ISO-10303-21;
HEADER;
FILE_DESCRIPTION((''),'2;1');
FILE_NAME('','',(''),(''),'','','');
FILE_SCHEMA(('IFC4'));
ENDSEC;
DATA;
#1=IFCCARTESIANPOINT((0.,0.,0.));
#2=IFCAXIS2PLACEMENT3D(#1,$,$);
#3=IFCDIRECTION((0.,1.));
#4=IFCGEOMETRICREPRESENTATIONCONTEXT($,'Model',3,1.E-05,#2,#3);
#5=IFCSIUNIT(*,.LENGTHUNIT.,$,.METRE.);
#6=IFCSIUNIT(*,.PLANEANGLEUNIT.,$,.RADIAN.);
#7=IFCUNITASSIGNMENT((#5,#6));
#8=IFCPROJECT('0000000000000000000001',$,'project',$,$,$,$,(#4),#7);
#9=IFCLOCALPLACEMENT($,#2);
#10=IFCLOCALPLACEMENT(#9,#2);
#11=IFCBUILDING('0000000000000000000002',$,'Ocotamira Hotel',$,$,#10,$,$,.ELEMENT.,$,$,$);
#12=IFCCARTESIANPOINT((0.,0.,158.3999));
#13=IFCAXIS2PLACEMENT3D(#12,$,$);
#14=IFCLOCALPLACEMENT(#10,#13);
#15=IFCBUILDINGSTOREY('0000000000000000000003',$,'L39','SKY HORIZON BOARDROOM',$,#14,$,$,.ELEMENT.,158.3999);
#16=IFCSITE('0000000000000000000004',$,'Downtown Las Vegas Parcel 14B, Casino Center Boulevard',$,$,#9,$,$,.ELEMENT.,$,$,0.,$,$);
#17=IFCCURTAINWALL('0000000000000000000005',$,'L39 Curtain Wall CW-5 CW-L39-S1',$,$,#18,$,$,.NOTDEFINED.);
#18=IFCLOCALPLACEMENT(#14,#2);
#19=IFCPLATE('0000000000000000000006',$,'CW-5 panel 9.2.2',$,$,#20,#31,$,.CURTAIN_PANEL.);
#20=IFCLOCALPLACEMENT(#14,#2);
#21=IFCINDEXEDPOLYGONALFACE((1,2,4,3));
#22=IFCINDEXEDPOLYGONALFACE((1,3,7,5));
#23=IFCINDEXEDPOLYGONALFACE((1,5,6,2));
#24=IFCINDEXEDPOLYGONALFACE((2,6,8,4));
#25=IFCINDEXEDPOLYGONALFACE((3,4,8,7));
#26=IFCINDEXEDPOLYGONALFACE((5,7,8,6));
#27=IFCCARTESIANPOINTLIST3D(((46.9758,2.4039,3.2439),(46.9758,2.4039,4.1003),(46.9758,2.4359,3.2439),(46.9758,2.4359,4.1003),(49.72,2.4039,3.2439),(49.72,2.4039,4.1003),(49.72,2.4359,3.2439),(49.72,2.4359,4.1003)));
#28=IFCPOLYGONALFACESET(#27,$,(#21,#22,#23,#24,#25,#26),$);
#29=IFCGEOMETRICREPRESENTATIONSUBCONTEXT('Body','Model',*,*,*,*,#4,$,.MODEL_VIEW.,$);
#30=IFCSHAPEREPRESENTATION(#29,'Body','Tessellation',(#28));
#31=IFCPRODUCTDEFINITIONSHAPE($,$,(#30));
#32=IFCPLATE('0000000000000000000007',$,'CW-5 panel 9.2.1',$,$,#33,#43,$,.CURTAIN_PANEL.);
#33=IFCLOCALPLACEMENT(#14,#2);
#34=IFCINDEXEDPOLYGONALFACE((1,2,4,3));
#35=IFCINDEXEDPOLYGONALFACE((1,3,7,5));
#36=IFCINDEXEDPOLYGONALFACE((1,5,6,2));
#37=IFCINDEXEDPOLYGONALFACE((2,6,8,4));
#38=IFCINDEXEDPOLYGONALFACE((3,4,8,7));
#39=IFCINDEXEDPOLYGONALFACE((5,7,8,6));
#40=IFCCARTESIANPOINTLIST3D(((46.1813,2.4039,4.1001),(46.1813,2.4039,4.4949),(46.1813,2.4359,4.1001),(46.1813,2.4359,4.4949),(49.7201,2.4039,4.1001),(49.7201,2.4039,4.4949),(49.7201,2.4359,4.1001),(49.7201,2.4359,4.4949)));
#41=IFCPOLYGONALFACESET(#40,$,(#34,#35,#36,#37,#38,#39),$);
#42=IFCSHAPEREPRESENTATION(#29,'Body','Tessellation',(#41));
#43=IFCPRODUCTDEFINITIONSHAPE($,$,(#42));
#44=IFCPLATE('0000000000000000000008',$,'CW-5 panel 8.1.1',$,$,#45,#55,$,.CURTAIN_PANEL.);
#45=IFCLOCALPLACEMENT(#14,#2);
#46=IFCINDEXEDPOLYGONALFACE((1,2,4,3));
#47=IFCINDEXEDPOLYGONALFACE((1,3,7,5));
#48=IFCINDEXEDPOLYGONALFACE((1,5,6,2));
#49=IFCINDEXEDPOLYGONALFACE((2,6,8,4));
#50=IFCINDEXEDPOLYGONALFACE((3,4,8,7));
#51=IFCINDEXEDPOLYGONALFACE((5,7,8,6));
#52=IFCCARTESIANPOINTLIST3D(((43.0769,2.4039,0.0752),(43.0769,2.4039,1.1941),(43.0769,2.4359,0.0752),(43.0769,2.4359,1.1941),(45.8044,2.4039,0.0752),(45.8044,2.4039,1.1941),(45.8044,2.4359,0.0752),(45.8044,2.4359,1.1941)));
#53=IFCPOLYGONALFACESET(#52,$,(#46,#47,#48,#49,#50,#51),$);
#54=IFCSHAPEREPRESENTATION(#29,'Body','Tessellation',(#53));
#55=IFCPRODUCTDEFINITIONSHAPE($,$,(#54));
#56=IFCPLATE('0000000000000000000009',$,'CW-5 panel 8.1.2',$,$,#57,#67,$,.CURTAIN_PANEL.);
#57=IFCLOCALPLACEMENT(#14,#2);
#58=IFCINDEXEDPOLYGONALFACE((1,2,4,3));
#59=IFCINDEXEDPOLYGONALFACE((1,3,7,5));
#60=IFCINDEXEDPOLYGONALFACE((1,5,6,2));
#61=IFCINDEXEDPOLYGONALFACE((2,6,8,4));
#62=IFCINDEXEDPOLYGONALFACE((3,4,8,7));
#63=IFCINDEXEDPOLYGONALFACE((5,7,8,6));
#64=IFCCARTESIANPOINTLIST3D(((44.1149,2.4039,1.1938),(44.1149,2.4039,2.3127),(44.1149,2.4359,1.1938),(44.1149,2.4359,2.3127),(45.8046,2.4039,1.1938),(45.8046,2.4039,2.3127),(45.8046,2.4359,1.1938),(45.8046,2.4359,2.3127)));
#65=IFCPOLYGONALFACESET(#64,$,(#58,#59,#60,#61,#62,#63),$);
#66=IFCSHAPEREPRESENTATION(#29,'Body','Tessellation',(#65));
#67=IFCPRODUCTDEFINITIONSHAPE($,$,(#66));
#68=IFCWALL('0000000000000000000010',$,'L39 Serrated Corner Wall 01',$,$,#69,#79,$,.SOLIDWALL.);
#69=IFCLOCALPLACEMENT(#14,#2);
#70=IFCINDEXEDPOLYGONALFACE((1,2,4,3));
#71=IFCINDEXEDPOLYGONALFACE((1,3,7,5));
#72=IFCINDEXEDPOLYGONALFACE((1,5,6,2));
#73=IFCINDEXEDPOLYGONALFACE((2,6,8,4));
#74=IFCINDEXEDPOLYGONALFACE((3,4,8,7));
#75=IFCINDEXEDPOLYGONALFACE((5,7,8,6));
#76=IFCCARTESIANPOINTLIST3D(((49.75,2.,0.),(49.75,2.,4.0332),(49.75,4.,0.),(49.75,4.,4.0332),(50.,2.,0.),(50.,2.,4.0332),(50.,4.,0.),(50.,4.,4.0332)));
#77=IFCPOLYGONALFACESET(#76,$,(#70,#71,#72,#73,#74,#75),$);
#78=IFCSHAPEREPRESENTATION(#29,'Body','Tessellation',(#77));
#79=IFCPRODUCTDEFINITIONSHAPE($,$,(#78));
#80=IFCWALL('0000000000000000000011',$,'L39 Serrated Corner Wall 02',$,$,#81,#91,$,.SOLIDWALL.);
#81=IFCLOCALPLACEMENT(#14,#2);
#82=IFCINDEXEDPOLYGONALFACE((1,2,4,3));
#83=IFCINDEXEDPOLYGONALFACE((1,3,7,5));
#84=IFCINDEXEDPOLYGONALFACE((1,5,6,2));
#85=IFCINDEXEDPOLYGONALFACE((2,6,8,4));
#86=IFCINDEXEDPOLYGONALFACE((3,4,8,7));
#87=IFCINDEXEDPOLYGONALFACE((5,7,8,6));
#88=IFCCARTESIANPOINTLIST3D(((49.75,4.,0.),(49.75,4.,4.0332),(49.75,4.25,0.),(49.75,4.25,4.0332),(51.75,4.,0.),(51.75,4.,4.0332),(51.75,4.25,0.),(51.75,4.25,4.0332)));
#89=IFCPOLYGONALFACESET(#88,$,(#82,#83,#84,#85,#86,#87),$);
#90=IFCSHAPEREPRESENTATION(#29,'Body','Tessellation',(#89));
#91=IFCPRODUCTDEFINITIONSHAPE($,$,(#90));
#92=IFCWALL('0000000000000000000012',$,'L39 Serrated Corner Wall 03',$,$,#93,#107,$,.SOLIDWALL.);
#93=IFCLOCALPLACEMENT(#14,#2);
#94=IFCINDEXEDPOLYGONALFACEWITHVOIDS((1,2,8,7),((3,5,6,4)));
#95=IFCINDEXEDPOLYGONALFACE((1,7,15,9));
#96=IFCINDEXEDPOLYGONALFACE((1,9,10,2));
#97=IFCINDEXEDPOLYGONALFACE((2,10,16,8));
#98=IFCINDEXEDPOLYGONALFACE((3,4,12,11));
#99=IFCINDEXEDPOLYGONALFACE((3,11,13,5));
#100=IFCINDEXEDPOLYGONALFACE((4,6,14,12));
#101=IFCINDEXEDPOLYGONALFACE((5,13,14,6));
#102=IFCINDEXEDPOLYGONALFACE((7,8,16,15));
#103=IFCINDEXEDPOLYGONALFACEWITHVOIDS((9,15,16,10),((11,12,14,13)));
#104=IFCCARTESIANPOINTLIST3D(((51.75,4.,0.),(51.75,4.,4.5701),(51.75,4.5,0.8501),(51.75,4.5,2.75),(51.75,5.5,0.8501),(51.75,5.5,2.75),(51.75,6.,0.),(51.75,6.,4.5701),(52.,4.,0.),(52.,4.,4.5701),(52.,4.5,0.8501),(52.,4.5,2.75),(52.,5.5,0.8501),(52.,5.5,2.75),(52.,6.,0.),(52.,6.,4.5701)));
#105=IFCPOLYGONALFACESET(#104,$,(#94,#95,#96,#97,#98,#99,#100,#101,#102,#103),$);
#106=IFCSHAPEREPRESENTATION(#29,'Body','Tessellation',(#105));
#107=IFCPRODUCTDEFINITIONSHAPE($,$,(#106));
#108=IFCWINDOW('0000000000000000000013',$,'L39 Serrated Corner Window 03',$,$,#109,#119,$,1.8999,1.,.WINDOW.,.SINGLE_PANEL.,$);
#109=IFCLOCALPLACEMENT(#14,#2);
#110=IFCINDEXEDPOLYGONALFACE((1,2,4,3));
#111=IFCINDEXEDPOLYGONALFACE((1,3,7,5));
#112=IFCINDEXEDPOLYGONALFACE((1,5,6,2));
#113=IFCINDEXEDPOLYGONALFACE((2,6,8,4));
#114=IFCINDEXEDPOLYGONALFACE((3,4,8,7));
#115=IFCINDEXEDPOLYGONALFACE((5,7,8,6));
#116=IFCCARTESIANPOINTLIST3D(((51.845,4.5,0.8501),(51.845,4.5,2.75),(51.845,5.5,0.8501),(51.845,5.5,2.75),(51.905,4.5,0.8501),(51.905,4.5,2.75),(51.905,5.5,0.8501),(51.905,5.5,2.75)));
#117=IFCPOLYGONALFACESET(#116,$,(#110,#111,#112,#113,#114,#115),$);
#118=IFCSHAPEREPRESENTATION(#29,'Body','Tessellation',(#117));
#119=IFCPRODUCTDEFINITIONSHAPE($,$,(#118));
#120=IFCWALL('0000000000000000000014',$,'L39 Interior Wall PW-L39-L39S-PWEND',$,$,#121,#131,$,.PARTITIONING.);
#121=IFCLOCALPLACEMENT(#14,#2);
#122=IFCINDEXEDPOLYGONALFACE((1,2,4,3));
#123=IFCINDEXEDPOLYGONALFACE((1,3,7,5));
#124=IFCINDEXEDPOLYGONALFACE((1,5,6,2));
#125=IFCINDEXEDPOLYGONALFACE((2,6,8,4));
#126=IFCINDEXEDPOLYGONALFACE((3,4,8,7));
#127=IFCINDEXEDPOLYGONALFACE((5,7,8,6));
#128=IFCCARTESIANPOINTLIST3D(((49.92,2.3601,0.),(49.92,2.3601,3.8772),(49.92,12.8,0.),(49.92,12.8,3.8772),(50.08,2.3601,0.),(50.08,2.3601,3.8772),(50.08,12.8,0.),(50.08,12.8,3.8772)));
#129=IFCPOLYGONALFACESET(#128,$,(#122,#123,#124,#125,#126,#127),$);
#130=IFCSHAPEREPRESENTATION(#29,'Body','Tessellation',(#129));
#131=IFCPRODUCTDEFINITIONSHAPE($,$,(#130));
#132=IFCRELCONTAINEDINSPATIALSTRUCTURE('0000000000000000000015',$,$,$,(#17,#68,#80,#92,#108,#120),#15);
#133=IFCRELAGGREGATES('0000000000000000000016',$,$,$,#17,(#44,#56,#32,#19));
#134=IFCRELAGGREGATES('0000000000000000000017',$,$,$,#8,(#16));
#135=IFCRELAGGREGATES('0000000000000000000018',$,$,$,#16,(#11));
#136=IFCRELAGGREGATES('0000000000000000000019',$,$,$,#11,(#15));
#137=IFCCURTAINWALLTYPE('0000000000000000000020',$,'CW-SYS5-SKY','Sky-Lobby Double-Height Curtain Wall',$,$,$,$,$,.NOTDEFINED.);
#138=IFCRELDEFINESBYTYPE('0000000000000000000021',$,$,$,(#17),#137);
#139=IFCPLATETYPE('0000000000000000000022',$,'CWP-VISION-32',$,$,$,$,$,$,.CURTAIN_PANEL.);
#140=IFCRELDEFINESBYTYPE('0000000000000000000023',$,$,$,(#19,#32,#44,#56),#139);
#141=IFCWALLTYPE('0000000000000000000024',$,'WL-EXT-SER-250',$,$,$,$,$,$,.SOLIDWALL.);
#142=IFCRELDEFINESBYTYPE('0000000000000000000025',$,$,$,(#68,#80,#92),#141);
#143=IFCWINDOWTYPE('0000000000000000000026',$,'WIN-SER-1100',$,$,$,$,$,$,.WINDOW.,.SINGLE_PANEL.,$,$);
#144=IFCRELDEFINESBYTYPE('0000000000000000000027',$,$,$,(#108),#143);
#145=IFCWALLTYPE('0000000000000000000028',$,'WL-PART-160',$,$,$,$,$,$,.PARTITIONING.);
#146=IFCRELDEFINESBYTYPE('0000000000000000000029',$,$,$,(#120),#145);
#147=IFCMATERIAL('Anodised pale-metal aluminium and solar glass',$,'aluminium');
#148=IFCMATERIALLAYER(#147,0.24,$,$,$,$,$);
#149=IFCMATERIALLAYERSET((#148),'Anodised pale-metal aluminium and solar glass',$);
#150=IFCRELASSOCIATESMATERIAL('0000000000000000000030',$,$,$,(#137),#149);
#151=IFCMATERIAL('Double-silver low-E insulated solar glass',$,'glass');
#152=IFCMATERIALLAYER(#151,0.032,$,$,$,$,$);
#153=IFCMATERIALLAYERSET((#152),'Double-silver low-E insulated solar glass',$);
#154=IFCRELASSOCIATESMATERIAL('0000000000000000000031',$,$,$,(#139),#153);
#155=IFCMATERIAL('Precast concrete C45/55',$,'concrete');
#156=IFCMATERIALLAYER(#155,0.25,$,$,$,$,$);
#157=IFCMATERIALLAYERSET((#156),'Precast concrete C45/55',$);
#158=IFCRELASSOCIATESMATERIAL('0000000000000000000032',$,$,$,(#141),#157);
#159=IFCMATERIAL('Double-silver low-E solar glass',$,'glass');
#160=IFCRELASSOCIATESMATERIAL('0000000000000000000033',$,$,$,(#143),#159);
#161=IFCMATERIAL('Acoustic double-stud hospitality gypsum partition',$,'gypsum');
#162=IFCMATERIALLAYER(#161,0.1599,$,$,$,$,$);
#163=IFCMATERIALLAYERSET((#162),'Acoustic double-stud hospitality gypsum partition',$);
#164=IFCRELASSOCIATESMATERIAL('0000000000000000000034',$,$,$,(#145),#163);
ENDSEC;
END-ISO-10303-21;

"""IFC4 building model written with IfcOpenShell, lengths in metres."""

from ifc_helpers import new_model, si_unit, direction, frame, frame_2d, origin, origin_2d, place, context, subcontext, project, spatial, rectangle, extrude, source, transform, mapped, material, layer, layer_set, type_object, element, fill, aggregate, save


model = new_model("IFC4")

# Units and contexts
model_context = context("Model", 3, precision=1e-05, world=origin(), true_north=direction((0.0, 1.0)))
body_context = subcontext(model_context, "Body", "Model", "MODEL_VIEW")
ifc_project = project(units=[si_unit("LENGTHUNIT", "METRE"), si_unit("PLANEANGLEUNIT", "RADIAN")], contexts=[model_context])

# Site, building, storey
site_placement = place(None, origin())
site = spatial("IfcSite", under=ifc_project, at=site_placement, Name="Downtown Las Vegas Parcel 14B, Casino Center Boulevard", CompositionType="ELEMENT", RefElevation=0.0)
building_placement = place(site_placement, origin())
building = spatial("IfcBuilding", under=site, at=building_placement, Name="Ocotamira Hotel", CompositionType="ELEMENT")
storey_placement = place(building_placement, frame((0.0, 0.0, 158.3999)))
storey = spatial("IfcBuildingStorey", under=building, at=storey_placement, Name="L39", Description="SKY HORIZON BOARDROOM", CompositionType="ELEMENT", Elevation=158.3999)

# Curtain wall
ifc_material_1 = material(Name="Anodised pale-metal aluminium and solar glass", Category="aluminium")
ifc_layer_1 = layer(ifc_material_1, 0.24)
ifc_layer_set_1 = layer_set([ifc_layer_1], Name="Anodised pale-metal aluminium and solar glass")
curtain_wall_type = type_object("IfcCurtainWallType", Name="CW-SYS5-SKY", Description="Sky-Lobby Double-Height Curtain Wall", PredefinedType="NOTDEFINED", material=ifc_layer_set_1)
curtain_wall_placement = place(storey_placement, origin())
curtain_wall = element("IfcCurtainWall", 1, at=curtain_wall_placement, inside=storey, type_object=curtain_wall_type, Name="L39 Curtain Wall CW-5 CW-L39-S1", PredefinedType="NOTDEFINED")

# Plates
ifc_material_2 = material(Name="Double-silver low-E insulated solar glass", Category="glass")
ifc_layer_2 = layer(ifc_material_2, 0.032)
ifc_layer_set_2 = layer_set([ifc_layer_2], Name="Double-silver low-E insulated solar glass")
plate_type_1 = type_object("IfcPlateType", Name="CWP-VISION-32", PredefinedType="CURTAIN_PANEL", material=ifc_layer_set_2)
shared_shape_1 = source(origin(), body_context, "Body", "SweptSolid", [
    extrude(rectangle(XDim=2.7441, YDim=0.032, at=origin_2d()), origin(), (0.0, 0.0, 1.0), 0.8564),
])
plate_1_placement = place(storey_placement, frame((48.3479, 2.4199, 3.2439), z_axis=(0.0, 0.0, 1.0), x_axis=(1.0, 0.0, 0.0)))
plate_1 = element("IfcPlate", 2, at=plate_1_placement, type_object=plate_type_1, Name="CW-5 panel 9.2.2", PredefinedType="CURTAIN_PANEL", context=body_context, shape_type="MappedRepresentation", body=[
    mapped(shared_shape_1, transform((0.0, 0.0, 0.0), scale=1.0)),
])
shared_shape_2 = source(origin(), body_context, "Body", "SweptSolid", [
    extrude(rectangle(XDim=3.5388, YDim=0.032, at=origin_2d()), origin(), (0.0, 0.0, 1.0), 0.3948),
])
plate_2_placement = place(storey_placement, frame((47.9507, 2.4199, 4.1001), z_axis=(0.0, 0.0, 1.0), x_axis=(1.0, 0.0, 0.0)))
plate_2 = element("IfcPlate", 3, at=plate_2_placement, type_object=plate_type_1, Name="CW-5 panel 9.2.1", PredefinedType="CURTAIN_PANEL", context=body_context, shape_type="MappedRepresentation", body=[
    mapped(shared_shape_2, transform((0.0, 0.0, 0.0), scale=1.0)),
])
shared_shape_3 = source(origin(), body_context, "Body", "SweptSolid", [
    extrude(rectangle(XDim=2.7275, YDim=0.032, at=origin_2d()), origin(), (0.0, 0.0, 1.0), 1.1189),
])
plate_3_placement = place(storey_placement, frame((44.4407, 2.4199, 0.0752), z_axis=(0.0, 0.0, 1.0), x_axis=(1.0, 0.0, 0.0)))
plate_3 = element("IfcPlate", 4, at=plate_3_placement, type_object=plate_type_1, Name="CW-5 panel 8.1.1", PredefinedType="CURTAIN_PANEL", context=body_context, shape_type="MappedRepresentation", body=[
    mapped(shared_shape_3, transform((0.0, 0.0, 0.0), scale=1.0)),
])
shared_shape_4 = source(origin(), body_context, "Body", "SweptSolid", [
    extrude(rectangle(XDim=1.6897, YDim=0.032, at=origin_2d()), origin(), (0.0, 0.0, 1.0), 1.1189),
])
plate_4_placement = place(storey_placement, frame((44.9597, 2.4199, 1.1938), z_axis=(0.0, 0.0, 1.0), x_axis=(1.0, 0.0, 0.0)))
plate_4 = element("IfcPlate", 5, at=plate_4_placement, type_object=plate_type_1, Name="CW-5 panel 8.1.2", PredefinedType="CURTAIN_PANEL", context=body_context, shape_type="MappedRepresentation", body=[
    mapped(shared_shape_4, transform((0.0, 0.0, 0.0), scale=1.0)),
])
aggregate(curtain_wall, [plate_3, plate_4, plate_2, plate_1])

# Walls
ifc_material_3 = material(Name="Precast concrete C45/55", Category="concrete")
ifc_layer_3 = layer(ifc_material_3, 0.25)
ifc_layer_set_3 = layer_set([ifc_layer_3], Name="Precast concrete C45/55")
wall_type_1 = type_object("IfcWallType", Name="WL-EXT-SER-250", PredefinedType="SOLIDWALL", material=ifc_layer_set_3)
for number, where, z_axis, x_axis, name in (
    (6, (49.875, 2.0, 0.0), (0.0, 0.0, 1.0), (0.0, 1.0, 0.0), "L39 Serrated Corner Wall 01"),
    (7, (49.75, 4.125, 0.0), (0.0, 0.0, 1.0), (1.0, 0.0, 0.0), "L39 Serrated Corner Wall 02"),
):
    element("IfcWall", number, at=place(storey_placement, frame(where, z_axis=z_axis, x_axis=x_axis)), inside=storey, type_object=wall_type_1, Name=name, PredefinedType="SOLIDWALL", context=body_context, shape_type="SweptSolid", body=[
        extrude(rectangle(XDim=2.0, YDim=0.25, at=frame_2d((1.0, 0.0))), origin(), (0.0, 0.0, 1.0), 4.0332),
    ])

# Wall, opening, window
wall_1_placement = place(storey_placement, frame((51.875, 4.0, 0.0), z_axis=(0.0, 0.0, 1.0), x_axis=(0.0, 1.0, 0.0)))
wall_1 = element("IfcWall", 8, at=wall_1_placement, inside=storey, type_object=wall_type_1, Name="L39 Serrated Corner Wall 03", PredefinedType="SOLIDWALL", context=body_context, shape_type="SweptSolid", body=[
    extrude(rectangle(XDim=2.0, YDim=0.25, at=frame_2d((1.0, 0.0))), origin(), (0.0, 0.0, 1.0), 4.5701),
])
opening_placement = place(wall_1_placement, frame((0.5, 0.0, 0.8501)))
opening = element("IfcOpeningElement", 9, at=opening_placement, cuts=wall_1, PredefinedType="OPENING", context=body_context, shape_type="SweptSolid", body=[
    extrude(rectangle(XDim=1.0, YDim=1.8999, at=frame_2d((0.5, 0.95))), frame((0.0, 0.135, 0.0), z_axis=(0.0, -1.0, 0.0), x_axis=(1.0, 0.0, 0.0)), (0.0, 0.0, 1.0), 0.27),
])
ifc_material_4 = material(Name="Double-silver low-E solar glass", Category="glass")
window_type = type_object("IfcWindowType", Name="WIN-SER-1100", PartitioningType="SINGLE_PANEL", PredefinedType="WINDOW", material=ifc_material_4)
shared_shape_5 = source(origin(), body_context, "Body", "SweptSolid", [
    extrude(rectangle(XDim=1.0, YDim=1.8999, at=frame_2d((0.5, 0.95))), frame((0.0, 0.03, 0.0), z_axis=(0.0, -1.0, 0.0), x_axis=(1.0, 0.0, 0.0)), (0.0, 0.0, 1.0), 0.0601),
])
window_placement = place(opening_placement, origin())
window = element("IfcWindow", 10, at=window_placement, inside=storey, type_object=window_type, Name="L39 Serrated Corner Window 03", OverallHeight=1.8999, OverallWidth=1.0, PartitioningType="SINGLE_PANEL", PredefinedType="WINDOW", context=body_context, shape_type="MappedRepresentation", body=[
    mapped(shared_shape_5, transform((0.0, 0.0, 0.0), scale=1.0)),
])
fill(opening, window)

# Wall
ifc_material_5 = material(Name="Acoustic double-stud hospitality gypsum partition", Category="gypsum")
ifc_layer_4 = layer(ifc_material_5, 0.1599)
ifc_layer_set_4 = layer_set([ifc_layer_4], Name="Acoustic double-stud hospitality gypsum partition")
wall_type_2 = type_object("IfcWallType", Name="WL-PART-160", PredefinedType="PARTITIONING", material=ifc_layer_set_4)
wall_2_placement = place(storey_placement, frame((50.0, 2.3601, 0.0), z_axis=(0.0, 0.0, 1.0), x_axis=(0.0, 1.0, 0.0)))
element("IfcWall", 11, at=wall_2_placement, inside=storey, type_object=wall_type_2, Name="L39 Interior Wall PW-L39-L39S-PWEND", PredefinedType="PARTITIONING", context=body_context, shape_type="SweptSolid", body=[
    extrude(rectangle(XDim=10.4399, YDim=0.1599, at=frame_2d((5.22, 0.0))), origin(), (0.0, 0.0, 1.0), 3.8772),
])

save(model, "model.ifc")
